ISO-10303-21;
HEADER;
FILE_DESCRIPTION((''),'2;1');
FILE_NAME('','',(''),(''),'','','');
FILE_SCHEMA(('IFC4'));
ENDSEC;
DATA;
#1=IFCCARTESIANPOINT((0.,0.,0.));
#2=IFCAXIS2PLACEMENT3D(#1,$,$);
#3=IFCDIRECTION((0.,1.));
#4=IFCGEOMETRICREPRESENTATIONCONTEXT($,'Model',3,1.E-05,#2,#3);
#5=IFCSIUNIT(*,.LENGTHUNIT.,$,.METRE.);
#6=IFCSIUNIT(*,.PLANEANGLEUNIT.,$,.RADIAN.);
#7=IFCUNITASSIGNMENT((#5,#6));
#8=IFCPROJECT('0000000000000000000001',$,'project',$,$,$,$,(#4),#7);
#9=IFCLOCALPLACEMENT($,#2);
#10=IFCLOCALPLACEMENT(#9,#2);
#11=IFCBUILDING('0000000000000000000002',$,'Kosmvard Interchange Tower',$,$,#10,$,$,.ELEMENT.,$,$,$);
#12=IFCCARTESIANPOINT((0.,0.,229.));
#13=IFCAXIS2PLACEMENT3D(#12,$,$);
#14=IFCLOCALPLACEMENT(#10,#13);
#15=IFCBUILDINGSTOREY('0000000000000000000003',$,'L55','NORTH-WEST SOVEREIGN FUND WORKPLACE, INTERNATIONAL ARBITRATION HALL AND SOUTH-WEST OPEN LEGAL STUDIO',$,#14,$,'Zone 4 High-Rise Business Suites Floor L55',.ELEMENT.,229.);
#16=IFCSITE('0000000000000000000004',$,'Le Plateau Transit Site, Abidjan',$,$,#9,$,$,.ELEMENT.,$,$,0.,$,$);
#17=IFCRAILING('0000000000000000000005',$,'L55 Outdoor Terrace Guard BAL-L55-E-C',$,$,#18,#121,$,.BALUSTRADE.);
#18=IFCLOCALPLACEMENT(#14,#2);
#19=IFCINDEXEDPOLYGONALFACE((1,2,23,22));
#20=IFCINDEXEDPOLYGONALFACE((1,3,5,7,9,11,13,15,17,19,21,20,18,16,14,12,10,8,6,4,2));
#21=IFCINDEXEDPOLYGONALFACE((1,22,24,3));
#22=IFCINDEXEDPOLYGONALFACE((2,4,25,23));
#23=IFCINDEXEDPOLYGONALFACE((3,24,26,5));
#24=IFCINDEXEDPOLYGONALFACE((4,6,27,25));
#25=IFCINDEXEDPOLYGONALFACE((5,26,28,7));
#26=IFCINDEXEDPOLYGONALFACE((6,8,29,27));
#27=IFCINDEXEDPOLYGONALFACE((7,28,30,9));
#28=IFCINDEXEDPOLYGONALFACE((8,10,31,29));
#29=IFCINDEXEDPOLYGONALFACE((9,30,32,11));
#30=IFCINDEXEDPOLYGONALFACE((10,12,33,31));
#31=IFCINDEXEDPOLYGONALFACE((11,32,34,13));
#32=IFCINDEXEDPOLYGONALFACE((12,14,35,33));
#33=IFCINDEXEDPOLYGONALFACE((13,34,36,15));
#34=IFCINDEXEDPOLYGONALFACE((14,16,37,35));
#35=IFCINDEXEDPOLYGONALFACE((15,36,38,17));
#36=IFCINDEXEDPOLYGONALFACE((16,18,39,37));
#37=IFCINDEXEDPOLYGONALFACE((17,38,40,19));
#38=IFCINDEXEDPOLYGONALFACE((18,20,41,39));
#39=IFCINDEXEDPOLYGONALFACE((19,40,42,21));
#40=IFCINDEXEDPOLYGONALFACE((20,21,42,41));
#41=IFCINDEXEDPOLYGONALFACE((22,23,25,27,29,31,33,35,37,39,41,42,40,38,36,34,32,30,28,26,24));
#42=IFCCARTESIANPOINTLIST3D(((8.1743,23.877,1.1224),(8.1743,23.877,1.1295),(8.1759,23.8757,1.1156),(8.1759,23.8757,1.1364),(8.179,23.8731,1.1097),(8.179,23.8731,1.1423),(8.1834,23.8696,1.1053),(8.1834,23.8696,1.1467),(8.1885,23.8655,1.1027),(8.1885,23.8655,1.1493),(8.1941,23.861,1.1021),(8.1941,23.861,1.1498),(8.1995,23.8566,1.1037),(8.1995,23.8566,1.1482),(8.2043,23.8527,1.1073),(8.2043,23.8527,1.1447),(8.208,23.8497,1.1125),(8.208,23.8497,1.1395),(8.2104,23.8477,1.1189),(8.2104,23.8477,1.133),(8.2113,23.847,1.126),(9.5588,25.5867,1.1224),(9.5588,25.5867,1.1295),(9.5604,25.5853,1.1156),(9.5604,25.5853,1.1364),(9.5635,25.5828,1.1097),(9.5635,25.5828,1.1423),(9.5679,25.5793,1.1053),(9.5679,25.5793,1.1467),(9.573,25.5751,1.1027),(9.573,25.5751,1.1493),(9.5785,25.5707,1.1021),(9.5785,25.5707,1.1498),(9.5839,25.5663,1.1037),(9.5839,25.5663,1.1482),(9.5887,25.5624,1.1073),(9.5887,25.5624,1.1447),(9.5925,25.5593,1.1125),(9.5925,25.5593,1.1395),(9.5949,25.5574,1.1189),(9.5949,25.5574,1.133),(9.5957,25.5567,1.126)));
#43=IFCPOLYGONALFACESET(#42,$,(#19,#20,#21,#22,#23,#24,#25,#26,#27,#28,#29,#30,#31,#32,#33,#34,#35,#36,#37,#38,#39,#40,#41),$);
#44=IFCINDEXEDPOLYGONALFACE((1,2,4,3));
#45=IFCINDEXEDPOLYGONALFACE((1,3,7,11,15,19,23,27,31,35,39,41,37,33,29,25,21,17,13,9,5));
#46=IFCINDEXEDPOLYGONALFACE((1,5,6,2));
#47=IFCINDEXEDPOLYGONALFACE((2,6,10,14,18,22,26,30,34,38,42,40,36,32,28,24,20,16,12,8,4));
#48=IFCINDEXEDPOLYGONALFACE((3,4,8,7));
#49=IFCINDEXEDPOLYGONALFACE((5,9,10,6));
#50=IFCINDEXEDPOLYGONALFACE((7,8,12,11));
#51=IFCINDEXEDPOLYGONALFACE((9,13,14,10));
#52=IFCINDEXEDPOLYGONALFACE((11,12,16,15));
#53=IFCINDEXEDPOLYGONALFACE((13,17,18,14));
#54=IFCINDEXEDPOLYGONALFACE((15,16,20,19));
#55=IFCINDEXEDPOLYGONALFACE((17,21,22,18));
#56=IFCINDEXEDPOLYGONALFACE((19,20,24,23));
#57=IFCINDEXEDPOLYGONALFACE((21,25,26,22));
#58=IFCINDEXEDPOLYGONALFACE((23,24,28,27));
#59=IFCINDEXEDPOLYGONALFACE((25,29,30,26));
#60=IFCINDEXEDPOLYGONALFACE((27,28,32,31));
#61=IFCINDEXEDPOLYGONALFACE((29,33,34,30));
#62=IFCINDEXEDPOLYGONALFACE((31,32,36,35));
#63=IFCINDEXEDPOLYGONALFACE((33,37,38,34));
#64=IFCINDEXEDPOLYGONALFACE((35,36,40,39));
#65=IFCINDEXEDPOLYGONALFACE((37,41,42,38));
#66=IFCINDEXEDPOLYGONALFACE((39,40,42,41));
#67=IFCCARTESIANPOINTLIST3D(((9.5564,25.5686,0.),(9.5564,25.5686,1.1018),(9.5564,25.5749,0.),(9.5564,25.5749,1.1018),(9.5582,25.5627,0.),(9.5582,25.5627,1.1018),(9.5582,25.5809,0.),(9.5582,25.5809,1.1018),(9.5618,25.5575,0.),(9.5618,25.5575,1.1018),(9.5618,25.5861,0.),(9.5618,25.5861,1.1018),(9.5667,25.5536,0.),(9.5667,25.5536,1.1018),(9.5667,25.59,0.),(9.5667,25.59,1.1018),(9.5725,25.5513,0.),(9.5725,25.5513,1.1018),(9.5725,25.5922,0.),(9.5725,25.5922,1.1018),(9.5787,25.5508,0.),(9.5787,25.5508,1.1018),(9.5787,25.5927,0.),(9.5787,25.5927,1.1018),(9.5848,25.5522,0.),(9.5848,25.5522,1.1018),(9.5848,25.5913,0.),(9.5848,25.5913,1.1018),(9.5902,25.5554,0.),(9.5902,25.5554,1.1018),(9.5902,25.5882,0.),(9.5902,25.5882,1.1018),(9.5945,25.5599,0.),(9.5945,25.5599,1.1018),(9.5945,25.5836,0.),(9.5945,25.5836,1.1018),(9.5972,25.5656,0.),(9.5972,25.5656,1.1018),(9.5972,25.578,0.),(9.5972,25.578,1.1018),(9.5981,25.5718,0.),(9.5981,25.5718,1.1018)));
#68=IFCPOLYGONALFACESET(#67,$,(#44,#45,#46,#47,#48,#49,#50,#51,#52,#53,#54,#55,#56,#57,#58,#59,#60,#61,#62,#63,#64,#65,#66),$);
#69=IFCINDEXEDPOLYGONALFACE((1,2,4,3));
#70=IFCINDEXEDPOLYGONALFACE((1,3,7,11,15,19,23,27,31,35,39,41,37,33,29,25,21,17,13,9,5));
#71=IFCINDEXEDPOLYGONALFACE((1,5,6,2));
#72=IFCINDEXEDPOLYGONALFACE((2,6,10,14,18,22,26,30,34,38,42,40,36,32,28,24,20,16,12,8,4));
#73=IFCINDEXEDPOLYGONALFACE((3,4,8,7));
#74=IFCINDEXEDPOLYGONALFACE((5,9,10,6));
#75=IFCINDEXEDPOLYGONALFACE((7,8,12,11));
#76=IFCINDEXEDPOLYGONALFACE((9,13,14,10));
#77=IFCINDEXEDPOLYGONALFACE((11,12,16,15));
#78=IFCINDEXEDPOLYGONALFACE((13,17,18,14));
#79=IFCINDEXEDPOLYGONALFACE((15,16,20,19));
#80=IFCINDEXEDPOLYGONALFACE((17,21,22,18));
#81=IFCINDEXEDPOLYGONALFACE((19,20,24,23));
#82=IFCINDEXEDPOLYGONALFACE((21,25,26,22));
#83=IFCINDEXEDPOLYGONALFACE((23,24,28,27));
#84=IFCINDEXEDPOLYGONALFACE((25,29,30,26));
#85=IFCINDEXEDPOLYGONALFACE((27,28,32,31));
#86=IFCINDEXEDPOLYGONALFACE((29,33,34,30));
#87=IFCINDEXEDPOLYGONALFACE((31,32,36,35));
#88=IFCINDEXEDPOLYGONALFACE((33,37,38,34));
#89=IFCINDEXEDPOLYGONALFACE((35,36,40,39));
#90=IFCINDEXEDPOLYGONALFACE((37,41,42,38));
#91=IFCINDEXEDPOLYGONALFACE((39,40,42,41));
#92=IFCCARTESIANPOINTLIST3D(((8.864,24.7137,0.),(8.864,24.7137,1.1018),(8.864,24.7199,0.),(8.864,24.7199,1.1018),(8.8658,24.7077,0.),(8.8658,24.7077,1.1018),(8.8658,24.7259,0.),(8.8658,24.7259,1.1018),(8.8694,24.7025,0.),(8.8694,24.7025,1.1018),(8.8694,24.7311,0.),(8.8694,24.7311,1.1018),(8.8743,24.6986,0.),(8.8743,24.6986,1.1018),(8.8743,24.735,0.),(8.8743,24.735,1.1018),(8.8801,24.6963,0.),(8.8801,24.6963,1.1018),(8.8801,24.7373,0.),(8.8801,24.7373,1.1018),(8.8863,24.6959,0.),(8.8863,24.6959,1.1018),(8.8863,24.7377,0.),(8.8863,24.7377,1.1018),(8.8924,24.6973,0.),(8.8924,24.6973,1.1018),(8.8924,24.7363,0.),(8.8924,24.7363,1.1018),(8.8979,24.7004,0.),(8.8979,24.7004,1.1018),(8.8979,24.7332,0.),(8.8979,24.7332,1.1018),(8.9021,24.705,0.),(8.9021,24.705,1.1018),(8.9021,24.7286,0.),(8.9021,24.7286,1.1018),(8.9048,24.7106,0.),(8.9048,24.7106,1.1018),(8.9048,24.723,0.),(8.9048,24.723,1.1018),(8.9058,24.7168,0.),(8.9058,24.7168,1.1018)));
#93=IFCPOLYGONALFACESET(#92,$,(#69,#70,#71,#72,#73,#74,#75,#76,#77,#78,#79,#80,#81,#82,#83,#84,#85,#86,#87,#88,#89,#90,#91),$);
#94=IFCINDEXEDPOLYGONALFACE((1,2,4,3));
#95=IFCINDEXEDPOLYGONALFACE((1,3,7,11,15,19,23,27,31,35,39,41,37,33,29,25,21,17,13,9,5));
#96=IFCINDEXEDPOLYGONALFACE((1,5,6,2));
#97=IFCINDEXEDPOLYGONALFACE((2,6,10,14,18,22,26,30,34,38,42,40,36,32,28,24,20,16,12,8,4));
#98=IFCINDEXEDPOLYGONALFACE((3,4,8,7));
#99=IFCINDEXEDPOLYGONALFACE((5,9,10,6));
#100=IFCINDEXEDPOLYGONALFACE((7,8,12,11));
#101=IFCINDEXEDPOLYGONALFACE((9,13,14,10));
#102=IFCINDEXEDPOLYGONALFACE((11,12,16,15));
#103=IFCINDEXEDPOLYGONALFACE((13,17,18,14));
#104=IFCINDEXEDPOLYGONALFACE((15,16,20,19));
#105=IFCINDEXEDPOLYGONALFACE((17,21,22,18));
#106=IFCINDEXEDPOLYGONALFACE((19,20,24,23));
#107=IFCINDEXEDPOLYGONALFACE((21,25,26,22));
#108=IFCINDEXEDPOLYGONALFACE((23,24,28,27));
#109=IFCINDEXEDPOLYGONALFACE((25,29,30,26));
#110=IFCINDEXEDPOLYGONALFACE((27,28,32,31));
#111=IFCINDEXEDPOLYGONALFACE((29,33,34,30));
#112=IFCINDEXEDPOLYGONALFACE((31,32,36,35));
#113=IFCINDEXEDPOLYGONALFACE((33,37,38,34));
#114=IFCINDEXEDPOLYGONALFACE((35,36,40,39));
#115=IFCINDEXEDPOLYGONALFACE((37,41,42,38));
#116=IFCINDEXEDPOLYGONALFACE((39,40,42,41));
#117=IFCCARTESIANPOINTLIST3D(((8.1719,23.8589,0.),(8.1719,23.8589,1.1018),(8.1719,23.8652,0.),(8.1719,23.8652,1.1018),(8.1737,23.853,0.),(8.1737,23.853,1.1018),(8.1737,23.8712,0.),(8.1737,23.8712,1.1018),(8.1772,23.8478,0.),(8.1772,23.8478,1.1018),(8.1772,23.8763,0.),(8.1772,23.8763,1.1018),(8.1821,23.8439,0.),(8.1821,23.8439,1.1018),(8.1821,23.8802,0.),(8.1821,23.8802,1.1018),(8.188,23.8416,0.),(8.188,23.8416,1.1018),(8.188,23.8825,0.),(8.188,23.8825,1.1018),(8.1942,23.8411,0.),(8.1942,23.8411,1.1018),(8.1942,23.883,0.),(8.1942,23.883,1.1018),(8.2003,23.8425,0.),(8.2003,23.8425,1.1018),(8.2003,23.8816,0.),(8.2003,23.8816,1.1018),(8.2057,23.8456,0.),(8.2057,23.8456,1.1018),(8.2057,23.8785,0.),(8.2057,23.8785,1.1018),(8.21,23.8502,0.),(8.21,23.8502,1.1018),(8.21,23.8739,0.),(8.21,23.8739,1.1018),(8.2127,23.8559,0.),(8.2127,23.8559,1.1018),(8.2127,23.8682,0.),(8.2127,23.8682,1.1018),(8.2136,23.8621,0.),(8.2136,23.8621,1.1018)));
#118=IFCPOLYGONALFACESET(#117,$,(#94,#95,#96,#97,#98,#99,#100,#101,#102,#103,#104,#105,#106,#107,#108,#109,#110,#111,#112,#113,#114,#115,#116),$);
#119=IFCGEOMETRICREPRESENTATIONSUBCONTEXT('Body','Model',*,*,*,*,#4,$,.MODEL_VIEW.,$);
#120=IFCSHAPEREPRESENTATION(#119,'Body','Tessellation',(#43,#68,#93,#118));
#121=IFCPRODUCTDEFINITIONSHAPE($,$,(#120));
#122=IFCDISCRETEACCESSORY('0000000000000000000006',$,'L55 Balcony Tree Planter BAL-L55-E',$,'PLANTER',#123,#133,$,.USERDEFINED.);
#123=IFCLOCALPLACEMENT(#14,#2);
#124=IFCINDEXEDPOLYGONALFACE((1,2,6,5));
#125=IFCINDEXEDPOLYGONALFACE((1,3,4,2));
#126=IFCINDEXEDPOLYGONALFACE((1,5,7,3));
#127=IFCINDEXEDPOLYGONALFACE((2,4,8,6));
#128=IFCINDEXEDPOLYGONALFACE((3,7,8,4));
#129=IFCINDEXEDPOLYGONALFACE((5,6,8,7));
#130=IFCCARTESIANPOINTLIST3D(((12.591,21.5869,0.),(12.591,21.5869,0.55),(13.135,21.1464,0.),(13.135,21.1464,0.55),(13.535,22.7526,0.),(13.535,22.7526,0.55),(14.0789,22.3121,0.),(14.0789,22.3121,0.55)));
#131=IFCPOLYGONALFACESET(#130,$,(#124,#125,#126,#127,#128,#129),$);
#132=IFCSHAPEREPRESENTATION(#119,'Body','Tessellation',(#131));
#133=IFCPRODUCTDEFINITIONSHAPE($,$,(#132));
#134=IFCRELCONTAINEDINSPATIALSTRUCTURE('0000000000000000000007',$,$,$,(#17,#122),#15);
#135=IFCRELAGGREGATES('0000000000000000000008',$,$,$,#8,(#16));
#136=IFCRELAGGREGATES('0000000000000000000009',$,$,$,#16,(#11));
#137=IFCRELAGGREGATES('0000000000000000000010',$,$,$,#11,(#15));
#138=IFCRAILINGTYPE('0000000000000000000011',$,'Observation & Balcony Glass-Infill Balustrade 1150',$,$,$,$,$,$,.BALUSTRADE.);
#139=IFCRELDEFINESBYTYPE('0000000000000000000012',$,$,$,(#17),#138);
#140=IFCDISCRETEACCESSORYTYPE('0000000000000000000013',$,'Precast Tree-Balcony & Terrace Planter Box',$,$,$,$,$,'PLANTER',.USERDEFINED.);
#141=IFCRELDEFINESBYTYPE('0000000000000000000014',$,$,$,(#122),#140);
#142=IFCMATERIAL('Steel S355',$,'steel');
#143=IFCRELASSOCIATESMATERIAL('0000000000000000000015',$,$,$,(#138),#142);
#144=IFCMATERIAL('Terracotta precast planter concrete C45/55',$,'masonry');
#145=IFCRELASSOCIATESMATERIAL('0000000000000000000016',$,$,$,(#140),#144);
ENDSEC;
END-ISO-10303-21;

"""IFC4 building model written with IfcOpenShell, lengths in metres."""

from ifc_helpers import new_model, si_unit, direction, frame, origin, origin_2d, place, context, subcontext, project, spatial, rectangle, circle, extrude, source, transform, mapped, material, type_object, element, save


model = new_model("IFC4")

# Units and contexts
model_context = context("Model", 3, precision=1e-05, world=origin(), true_north=direction((0.0, 1.0)))
body_context = subcontext(model_context, "Body", "Model", "MODEL_VIEW")
ifc_project = project(units=[si_unit("LENGTHUNIT", "METRE"), si_unit("PLANEANGLEUNIT", "RADIAN")], contexts=[model_context])

# Site, building, storey
site_placement = place(None, origin())
site = spatial("IfcSite", under=ifc_project, at=site_placement, Name="Le Plateau Transit Site, Abidjan", CompositionType="ELEMENT", RefElevation=0.0)
building_placement = place(site_placement, origin())
building = spatial("IfcBuilding", under=site, at=building_placement, Name="Kosmvard Interchange Tower", CompositionType="ELEMENT")
storey_placement = place(building_placement, frame((0.0, 0.0, 229.0)))
storey = spatial("IfcBuildingStorey", under=building, at=storey_placement, Name="L55", Description="NORTH-WEST SOVEREIGN FUND WORKPLACE, INTERNATIONAL ARBITRATION HALL AND SOUTH-WEST OPEN LEGAL STUDIO", LongName="Zone 4 High-Rise Business Suites Floor L55", CompositionType="ELEMENT", Elevation=229.0)

# Shared definitions
ifc_material_1 = material(Name="Steel S355", Category="steel")

# Railing
railing_type = type_object("IfcRailingType", Name="Observation & Balcony Glass-Infill Balustrade 1150", PredefinedType="BALUSTRADE", material=ifc_material_1)
shared_shape_1 = source(origin(), body_context, "Body", "SweptSolid", [
    extrude(circle(Radius=0.0239, at=origin_2d()), frame((0.0, 0.0, 1.126), z_axis=(-0.629326, -0.777141, 0.0), x_axis=(0.777141, -0.629326, 0.0)), (0.0, 0.0, 1.0), 2.2),
    extrude(circle(Radius=0.021, at=origin_2d()), origin(), (0.0, 0.0, 1.0), 1.1018),
    extrude(circle(Radius=0.021, at=origin_2d()), frame((-0.6924, -0.855, 0.0)), (0.0, 0.0, 1.0), 1.1018),
    extrude(circle(Radius=0.021, at=origin_2d()), frame((-1.3845, -1.7097, 0.0)), (0.0, 0.0, 1.0), 1.1018),
])
railing_1_placement = place(storey_placement, frame((9.5771, 25.5718, 0.0)))
element("IfcRailing", 1, at=railing_1_placement, inside=storey, type_object=railing_type, Name="L55 Outdoor Terrace Guard BAL-L55-E-C", PredefinedType="BALUSTRADE", context=body_context, shape_type="MappedRepresentation", body=[
    mapped(shared_shape_1, transform((0.0, 0.0, 0.0), scale=1.0)),
])

# Discrete accessory
ifc_material_2 = material(Name="Terracotta precast planter concrete C45/55", Category="masonry")
discrete_accessory_type = type_object("IfcDiscreteAccessoryType", Name="Precast Tree-Balcony & Terrace Planter Box", ElementType="PLANTER", PredefinedType="USERDEFINED", material=ifc_material_2)
shared_shape_2 = source(origin(), body_context, "Body", "SweptSolid", [
    extrude(rectangle(XDim=1.5, YDim=0.7, at=origin_2d()), origin(), (0.0, 0.0, 1.0), 0.55),
])
discrete_accessory_placement = place(storey_placement, frame((13.335, 21.9495, 0.0), z_axis=(0.0, 0.0, 1.0), x_axis=(0.62932, 0.777146, 0.0)))
element("IfcDiscreteAccessory", 2, at=discrete_accessory_placement, inside=storey, type_object=discrete_accessory_type, Name="L55 Balcony Tree Planter BAL-L55-E", ObjectType="PLANTER", PredefinedType="USERDEFINED", context=body_context, shape_type="MappedRepresentation", body=[
    mapped(shared_shape_2, transform((0.0, 0.0, 0.0), scale=1.0)),
])

save(model, "model.ifc")
